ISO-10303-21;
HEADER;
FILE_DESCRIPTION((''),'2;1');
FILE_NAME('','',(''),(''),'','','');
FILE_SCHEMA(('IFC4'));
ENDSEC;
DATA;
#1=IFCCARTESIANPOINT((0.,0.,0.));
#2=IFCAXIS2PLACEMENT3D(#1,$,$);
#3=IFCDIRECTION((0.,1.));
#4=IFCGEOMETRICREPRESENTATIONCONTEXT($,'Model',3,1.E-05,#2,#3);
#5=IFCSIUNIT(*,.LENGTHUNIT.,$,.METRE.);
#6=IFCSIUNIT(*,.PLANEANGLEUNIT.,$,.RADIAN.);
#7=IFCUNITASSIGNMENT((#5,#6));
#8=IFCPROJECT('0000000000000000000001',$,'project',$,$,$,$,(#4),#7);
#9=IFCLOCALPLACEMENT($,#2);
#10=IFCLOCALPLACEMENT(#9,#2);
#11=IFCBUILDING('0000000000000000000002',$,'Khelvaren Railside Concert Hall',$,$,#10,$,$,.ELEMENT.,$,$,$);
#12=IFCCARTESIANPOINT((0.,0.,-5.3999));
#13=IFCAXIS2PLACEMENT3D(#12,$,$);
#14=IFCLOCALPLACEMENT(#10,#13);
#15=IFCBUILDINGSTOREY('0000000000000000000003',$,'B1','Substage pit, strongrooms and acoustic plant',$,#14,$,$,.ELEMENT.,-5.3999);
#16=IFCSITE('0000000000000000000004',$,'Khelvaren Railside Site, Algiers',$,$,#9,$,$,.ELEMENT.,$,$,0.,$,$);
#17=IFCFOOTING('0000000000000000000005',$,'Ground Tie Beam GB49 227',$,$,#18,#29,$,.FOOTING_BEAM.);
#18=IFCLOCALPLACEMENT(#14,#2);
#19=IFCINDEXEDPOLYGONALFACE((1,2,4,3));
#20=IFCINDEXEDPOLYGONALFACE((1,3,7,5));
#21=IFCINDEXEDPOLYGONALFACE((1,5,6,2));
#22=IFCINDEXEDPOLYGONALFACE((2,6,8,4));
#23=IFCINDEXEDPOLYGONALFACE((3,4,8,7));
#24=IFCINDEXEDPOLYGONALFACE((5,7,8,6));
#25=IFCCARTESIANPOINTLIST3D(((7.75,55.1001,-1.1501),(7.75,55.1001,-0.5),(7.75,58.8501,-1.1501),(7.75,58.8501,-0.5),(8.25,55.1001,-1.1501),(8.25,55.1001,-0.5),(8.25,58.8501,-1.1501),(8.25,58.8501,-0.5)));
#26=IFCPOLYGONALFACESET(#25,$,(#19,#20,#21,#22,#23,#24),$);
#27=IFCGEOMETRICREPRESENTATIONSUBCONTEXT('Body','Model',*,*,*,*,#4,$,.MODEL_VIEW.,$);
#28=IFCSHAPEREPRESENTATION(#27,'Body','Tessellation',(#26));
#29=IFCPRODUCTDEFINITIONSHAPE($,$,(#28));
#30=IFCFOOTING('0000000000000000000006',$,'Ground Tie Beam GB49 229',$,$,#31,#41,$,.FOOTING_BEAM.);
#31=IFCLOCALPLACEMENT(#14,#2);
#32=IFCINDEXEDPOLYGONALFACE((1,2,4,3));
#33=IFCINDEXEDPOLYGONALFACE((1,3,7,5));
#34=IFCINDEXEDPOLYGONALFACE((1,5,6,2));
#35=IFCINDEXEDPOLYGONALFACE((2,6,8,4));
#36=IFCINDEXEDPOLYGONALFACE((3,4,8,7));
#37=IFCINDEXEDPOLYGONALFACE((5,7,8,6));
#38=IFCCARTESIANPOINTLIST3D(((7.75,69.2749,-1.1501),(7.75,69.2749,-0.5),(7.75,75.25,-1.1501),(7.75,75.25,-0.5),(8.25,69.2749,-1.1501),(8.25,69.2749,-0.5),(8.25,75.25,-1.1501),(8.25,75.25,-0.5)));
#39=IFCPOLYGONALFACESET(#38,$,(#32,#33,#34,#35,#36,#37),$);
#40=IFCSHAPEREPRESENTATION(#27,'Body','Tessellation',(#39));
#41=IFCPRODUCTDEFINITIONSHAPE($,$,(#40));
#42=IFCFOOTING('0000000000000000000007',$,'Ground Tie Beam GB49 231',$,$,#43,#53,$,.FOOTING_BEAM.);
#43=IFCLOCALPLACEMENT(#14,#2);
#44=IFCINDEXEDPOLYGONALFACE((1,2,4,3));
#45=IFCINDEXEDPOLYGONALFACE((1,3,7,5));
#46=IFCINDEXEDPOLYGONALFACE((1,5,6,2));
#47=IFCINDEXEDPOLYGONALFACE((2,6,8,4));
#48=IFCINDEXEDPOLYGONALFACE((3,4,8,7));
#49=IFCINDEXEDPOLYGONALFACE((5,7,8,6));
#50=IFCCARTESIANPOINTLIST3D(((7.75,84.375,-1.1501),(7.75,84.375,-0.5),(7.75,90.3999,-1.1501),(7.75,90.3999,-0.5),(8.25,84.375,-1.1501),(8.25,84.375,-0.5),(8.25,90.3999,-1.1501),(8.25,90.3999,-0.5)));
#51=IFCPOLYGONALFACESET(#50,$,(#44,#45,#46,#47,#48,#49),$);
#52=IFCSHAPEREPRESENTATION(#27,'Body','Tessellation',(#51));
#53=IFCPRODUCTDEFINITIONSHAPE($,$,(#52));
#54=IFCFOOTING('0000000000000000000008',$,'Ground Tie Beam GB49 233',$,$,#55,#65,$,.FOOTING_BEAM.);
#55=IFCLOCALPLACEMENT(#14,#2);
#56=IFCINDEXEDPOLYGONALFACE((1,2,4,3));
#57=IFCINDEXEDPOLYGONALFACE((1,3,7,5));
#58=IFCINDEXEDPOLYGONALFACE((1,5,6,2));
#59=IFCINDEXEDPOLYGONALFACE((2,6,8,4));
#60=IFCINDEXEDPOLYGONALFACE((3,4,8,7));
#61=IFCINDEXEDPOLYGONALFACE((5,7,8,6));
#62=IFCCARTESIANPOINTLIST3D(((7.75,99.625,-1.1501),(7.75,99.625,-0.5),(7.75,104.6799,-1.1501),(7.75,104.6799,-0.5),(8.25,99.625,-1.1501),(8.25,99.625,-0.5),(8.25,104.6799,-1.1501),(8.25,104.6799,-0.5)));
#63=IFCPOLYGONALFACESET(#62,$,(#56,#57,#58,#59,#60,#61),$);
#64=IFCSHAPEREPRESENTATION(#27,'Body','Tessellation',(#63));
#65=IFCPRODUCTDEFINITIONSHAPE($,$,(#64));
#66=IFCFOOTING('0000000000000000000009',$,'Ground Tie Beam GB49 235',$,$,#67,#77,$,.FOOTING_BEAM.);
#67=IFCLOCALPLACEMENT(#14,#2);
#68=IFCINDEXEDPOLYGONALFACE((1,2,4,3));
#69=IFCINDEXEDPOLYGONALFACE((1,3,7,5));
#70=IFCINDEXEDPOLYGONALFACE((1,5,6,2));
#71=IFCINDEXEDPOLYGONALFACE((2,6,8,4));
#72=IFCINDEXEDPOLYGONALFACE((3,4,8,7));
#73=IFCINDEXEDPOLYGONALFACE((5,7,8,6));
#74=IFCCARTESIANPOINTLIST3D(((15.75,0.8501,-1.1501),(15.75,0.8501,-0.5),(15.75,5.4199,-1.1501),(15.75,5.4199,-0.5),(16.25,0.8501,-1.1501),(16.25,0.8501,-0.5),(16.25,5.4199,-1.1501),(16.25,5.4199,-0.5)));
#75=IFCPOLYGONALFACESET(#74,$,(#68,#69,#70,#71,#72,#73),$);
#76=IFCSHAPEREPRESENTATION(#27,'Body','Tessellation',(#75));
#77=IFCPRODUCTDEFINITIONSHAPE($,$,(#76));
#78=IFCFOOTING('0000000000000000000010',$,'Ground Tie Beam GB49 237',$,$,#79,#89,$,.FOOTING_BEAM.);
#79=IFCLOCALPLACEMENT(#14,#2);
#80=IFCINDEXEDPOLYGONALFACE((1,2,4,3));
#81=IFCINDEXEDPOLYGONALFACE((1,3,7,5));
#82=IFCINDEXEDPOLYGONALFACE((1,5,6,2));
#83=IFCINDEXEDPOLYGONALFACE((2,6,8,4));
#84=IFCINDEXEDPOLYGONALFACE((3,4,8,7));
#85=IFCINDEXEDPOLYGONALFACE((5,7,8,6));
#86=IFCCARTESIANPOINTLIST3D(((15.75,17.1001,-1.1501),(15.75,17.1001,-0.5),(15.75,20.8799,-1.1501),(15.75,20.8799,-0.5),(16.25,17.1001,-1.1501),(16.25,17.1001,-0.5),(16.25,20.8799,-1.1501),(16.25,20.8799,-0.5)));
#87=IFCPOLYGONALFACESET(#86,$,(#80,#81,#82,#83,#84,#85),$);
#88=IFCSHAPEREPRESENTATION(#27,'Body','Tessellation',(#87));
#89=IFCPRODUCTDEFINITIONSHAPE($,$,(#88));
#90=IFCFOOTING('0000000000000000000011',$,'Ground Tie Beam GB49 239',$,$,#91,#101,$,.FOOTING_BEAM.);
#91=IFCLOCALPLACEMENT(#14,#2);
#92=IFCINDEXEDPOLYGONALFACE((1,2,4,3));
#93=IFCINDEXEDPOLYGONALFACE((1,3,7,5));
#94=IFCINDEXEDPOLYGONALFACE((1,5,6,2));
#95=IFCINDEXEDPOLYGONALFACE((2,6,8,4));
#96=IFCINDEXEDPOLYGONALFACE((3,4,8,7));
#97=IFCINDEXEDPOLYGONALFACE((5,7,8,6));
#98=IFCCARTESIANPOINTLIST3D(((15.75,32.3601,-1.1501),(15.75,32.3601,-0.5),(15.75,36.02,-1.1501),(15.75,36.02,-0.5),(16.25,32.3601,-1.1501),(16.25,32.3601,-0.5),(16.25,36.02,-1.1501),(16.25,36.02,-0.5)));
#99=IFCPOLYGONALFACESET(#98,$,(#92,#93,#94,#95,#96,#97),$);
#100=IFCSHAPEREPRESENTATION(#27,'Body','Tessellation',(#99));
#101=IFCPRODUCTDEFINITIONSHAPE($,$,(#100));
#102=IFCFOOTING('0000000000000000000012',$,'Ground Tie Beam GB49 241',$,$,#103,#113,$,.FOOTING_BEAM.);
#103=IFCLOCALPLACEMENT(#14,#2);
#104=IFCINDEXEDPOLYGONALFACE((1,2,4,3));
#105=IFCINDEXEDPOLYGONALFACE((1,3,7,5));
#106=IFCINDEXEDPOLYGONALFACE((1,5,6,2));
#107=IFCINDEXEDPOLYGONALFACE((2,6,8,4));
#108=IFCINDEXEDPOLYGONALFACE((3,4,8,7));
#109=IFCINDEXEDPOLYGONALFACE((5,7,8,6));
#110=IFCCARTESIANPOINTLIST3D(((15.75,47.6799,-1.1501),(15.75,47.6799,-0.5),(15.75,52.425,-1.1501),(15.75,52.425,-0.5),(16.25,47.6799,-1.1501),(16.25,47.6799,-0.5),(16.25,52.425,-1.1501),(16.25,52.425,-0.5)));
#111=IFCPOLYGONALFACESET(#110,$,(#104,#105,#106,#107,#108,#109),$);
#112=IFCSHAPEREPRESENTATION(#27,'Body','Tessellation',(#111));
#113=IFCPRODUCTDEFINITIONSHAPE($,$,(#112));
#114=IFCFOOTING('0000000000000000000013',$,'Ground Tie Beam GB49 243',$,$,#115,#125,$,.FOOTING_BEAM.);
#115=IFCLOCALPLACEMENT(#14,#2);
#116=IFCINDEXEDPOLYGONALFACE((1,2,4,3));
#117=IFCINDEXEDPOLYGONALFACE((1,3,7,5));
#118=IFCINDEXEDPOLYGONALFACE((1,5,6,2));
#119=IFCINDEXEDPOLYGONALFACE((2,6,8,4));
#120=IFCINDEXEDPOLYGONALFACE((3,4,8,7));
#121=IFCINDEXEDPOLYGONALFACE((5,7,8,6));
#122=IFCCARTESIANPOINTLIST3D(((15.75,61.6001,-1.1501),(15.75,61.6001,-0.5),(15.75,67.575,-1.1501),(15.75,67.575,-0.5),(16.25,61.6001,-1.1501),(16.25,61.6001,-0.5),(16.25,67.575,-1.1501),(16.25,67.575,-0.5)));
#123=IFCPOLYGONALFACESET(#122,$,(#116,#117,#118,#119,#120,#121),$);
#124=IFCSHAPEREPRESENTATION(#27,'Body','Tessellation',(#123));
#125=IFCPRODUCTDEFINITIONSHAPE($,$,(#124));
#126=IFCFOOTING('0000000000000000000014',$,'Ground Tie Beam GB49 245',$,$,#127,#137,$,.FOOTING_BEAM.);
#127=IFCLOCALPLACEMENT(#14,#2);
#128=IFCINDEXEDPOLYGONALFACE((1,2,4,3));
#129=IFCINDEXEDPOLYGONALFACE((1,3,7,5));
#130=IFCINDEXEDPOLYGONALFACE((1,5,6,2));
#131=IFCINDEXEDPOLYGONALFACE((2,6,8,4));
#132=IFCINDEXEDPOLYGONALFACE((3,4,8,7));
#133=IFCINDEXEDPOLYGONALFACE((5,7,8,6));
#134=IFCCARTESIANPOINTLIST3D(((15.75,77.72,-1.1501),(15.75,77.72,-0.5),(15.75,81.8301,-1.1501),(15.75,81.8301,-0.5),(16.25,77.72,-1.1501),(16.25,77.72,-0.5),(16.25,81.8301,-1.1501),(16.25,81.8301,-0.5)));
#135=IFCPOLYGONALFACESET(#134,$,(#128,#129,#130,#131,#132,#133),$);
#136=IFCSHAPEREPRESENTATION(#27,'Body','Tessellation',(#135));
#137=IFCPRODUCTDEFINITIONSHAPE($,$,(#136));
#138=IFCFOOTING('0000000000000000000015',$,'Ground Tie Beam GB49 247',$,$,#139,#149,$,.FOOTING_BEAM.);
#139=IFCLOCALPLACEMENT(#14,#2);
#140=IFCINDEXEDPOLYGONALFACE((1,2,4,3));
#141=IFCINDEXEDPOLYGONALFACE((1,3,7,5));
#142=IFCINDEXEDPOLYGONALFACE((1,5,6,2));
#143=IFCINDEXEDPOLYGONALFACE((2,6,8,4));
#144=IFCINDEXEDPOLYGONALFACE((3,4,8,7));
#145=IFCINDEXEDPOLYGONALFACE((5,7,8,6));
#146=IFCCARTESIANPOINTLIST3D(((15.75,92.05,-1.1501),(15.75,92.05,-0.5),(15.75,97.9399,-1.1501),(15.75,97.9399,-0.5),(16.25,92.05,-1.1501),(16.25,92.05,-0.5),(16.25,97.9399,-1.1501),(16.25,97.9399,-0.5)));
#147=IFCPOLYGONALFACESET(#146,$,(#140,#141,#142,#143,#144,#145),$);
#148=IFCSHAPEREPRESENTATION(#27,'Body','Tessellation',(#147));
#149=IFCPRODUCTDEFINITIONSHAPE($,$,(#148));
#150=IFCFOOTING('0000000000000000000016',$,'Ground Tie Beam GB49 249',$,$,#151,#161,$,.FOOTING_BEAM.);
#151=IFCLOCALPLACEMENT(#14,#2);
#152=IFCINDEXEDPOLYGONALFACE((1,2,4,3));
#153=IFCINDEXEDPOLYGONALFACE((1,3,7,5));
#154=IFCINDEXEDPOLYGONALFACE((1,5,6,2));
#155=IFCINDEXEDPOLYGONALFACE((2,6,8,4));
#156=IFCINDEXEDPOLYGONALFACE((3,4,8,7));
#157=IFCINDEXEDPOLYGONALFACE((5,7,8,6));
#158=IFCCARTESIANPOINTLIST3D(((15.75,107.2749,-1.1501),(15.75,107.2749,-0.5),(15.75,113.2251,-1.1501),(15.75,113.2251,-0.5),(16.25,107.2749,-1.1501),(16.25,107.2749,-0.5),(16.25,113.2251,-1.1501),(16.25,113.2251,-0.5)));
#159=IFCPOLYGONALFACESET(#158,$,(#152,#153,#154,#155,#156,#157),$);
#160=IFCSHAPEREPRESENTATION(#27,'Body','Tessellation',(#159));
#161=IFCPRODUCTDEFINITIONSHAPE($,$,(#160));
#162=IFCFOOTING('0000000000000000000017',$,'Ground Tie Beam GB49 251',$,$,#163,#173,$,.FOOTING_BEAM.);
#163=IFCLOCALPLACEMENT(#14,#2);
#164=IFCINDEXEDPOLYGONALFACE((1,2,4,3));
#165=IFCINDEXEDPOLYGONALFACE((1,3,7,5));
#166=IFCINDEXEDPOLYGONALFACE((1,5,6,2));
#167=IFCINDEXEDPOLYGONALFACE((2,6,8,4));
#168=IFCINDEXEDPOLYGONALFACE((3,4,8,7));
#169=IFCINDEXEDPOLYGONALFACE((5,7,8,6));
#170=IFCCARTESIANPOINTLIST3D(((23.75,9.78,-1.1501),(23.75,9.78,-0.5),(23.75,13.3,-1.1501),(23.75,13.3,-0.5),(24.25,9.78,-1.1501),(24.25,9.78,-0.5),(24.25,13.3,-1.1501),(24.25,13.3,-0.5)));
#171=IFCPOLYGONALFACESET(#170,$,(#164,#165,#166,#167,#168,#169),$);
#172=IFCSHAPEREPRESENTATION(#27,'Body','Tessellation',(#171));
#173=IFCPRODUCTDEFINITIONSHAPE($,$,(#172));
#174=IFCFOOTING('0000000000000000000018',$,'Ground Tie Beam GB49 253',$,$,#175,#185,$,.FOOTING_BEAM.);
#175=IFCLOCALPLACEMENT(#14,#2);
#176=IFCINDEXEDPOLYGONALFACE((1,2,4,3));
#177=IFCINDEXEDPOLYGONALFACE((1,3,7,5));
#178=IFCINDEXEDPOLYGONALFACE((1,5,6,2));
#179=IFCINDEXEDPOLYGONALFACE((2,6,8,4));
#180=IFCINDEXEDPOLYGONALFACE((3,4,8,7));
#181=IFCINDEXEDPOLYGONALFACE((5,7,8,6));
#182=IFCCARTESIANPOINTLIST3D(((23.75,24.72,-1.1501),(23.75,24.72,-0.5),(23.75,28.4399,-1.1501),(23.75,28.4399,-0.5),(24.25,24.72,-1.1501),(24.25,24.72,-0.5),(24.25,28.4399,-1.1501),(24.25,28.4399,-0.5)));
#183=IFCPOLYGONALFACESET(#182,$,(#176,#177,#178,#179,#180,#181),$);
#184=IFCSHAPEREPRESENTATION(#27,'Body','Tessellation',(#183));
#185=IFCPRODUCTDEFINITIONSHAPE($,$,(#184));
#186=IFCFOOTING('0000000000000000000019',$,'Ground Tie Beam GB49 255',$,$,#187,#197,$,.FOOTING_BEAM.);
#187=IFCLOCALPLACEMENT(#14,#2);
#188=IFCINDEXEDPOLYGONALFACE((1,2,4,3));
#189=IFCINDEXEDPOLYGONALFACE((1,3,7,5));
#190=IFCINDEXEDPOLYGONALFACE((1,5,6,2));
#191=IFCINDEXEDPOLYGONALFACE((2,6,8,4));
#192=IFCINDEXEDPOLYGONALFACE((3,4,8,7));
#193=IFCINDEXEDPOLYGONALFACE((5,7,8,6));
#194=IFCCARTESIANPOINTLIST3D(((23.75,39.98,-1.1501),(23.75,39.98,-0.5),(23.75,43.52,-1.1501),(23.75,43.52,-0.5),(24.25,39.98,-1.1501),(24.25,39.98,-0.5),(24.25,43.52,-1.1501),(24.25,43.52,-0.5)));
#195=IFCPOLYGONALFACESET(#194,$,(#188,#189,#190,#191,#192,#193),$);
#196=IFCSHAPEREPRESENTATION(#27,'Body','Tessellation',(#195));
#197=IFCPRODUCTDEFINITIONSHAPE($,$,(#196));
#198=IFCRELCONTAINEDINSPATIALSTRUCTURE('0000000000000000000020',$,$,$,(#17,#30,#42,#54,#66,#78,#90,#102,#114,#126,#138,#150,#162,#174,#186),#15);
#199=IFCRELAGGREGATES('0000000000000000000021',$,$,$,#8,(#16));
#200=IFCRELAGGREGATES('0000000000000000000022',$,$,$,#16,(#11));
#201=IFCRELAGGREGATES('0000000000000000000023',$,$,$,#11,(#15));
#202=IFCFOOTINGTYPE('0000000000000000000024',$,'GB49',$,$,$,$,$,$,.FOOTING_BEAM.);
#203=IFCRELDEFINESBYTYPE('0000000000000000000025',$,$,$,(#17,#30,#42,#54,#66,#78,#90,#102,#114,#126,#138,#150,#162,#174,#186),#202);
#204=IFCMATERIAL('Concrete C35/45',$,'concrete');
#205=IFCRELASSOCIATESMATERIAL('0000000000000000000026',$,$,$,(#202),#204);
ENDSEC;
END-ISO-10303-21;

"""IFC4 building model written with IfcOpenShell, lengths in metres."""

from ifc_helpers import new_model, si_unit, direction, frame, origin, place, context, subcontext, project, spatial, polyline, outline, extrude, material, type_object, element, save


model = new_model("IFC4")

# Units and contexts
model_context = context("Model", 3, precision=1e-05, world=origin(), true_north=direction((0.0, 1.0)))
body_context = subcontext(model_context, "Body", "Model", "MODEL_VIEW")
ifc_project = project(units=[si_unit("LENGTHUNIT", "METRE"), si_unit("PLANEANGLEUNIT", "RADIAN")], contexts=[model_context])

# Site, building, storey
site_placement = place(None, origin())
site = spatial("IfcSite", under=ifc_project, at=site_placement, Name="Khelvaren Railside Site, Algiers", CompositionType="ELEMENT", RefElevation=0.0)
building_placement = place(site_placement, origin())
building = spatial("IfcBuilding", under=site, at=building_placement, Name="Khelvaren Railside Concert Hall", CompositionType="ELEMENT")
storey_placement = place(building_placement, frame((0.0, 0.0, -5.3999)))
storey = spatial("IfcBuildingStorey", under=building, at=storey_placement, Name="B1", Description="Substage pit, strongrooms and acoustic plant", CompositionType="ELEMENT", Elevation=-5.3999)

# Footings
ifc_material = material(Name="Concrete C35/45", Category="concrete")
footing_type = type_object("IfcFootingType", Name="GB49", PredefinedType="FOOTING_BEAM", material=ifc_material)
footing_1_placement = place(storey_placement, frame((0.0, 0.0, -1.1501)))
element("IfcFooting", 1, at=footing_1_placement, inside=storey, type_object=footing_type, Name="Ground Tie Beam GB49 227", PredefinedType="FOOTING_BEAM", context=body_context, shape_type="SweptSolid", body=[
    extrude(outline(polyline([(7.75, 55.1001), (8.25, 55.1001), (8.25, 58.8501), (7.75, 58.8501), (7.75, 55.1001)])), origin(), (0.0, 0.0, 1.0), 0.6501),
])
footing_2_placement = place(storey_placement, frame((0.0, 0.0, -1.1501)))
element("IfcFooting", 2, at=footing_2_placement, inside=storey, type_object=footing_type, Name="Ground Tie Beam GB49 229", PredefinedType="FOOTING_BEAM", context=body_context, shape_type="SweptSolid", body=[
    extrude(outline(polyline([(7.75, 69.2749), (8.25, 69.2749), (8.25, 75.25), (7.75, 75.25), (7.75, 69.2749)])), origin(), (0.0, 0.0, 1.0), 0.6501),
])
footing_3_placement = place(storey_placement, frame((0.0, 0.0, -1.1501)))
element("IfcFooting", 3, at=footing_3_placement, inside=storey, type_object=footing_type, Name="Ground Tie Beam GB49 231", PredefinedType="FOOTING_BEAM", context=body_context, shape_type="SweptSolid", body=[
    extrude(outline(polyline([(7.75, 84.375), (8.25, 84.375), (8.25, 90.3999), (7.75, 90.3999), (7.75, 84.375)])), origin(), (0.0, 0.0, 1.0), 0.6501),
])
footing_4_placement = place(storey_placement, frame((0.0, 0.0, -1.1501)))
element("IfcFooting", 4, at=footing_4_placement, inside=storey, type_object=footing_type, Name="Ground Tie Beam GB49 233", PredefinedType="FOOTING_BEAM", context=body_context, shape_type="SweptSolid", body=[
    extrude(outline(polyline([(7.75, 99.625), (8.25, 99.625), (8.25, 104.6799), (7.75, 104.6799), (7.75, 99.625)])), origin(), (0.0, 0.0, 1.0), 0.6501),
])
footing_5_placement = place(storey_placement, frame((0.0, 0.0, -1.1501)))
element("IfcFooting", 5, at=footing_5_placement, inside=storey, type_object=footing_type, Name="Ground Tie Beam GB49 235", PredefinedType="FOOTING_BEAM", context=body_context, shape_type="SweptSolid", body=[
    extrude(outline(polyline([(15.75, 0.8501), (16.25, 0.8501), (16.25, 5.4199), (15.75, 5.4199), (15.75, 0.8501)])), origin(), (0.0, 0.0, 1.0), 0.6501),
])
footing_6_placement = place(storey_placement, frame((0.0, 0.0, -1.1501)))
element("IfcFooting", 6, at=footing_6_placement, inside=storey, type_object=footing_type, Name="Ground Tie Beam GB49 237", PredefinedType="FOOTING_BEAM", context=body_context, shape_type="SweptSolid", body=[
    extrude(outline(polyline([(15.75, 17.1001), (16.25, 17.1001), (16.25, 20.8799), (15.75, 20.8799), (15.75, 17.1001)])), origin(), (0.0, 0.0, 1.0), 0.6501),
])
footing_7_placement = place(storey_placement, frame((0.0, 0.0, -1.1501)))
element("IfcFooting", 7, at=footing_7_placement, inside=storey, type_object=footing_type, Name="Ground Tie Beam GB49 239", PredefinedType="FOOTING_BEAM", context=body_context, shape_type="SweptSolid", body=[
    extrude(outline(polyline([(15.75, 32.3601), (16.25, 32.3601), (16.25, 36.02), (15.75, 36.02), (15.75, 32.3601)])), origin(), (0.0, 0.0, 1.0), 0.6501),
])
footing_8_placement = place(storey_placement, frame((0.0, 0.0, -1.1501)))
element("IfcFooting", 8, at=footing_8_placement, inside=storey, type_object=footing_type, Name="Ground Tie Beam GB49 241", PredefinedType="FOOTING_BEAM", context=body_context, shape_type="SweptSolid", body=[
    extrude(outline(polyline([(15.75, 47.6799), (16.25, 47.6799), (16.25, 52.425), (15.75, 52.425), (15.75, 47.6799)])), origin(), (0.0, 0.0, 1.0), 0.6501),
])
footing_9_placement = place(storey_placement, frame((0.0, 0.0, -1.1501)))
element("IfcFooting", 9, at=footing_9_placement, inside=storey, type_object=footing_type, Name="Ground Tie Beam GB49 243", PredefinedType="FOOTING_BEAM", context=body_context, shape_type="SweptSolid", body=[
    extrude(outline(polyline([(15.75, 61.6001), (16.25, 61.6001), (16.25, 67.575), (15.75, 67.575), (15.75, 61.6001)])), origin(), (0.0, 0.0, 1.0), 0.6501),
])
footing_10_placement = place(storey_placement, frame((0.0, 0.0, -1.1501)))
element("IfcFooting", 10, at=footing_10_placement, inside=storey, type_object=footing_type, Name="Ground Tie Beam GB49 245", PredefinedType="FOOTING_BEAM", context=body_context, shape_type="SweptSolid", body=[
    extrude(outline(polyline([(15.75, 77.72), (16.25, 77.72), (16.25, 81.8301), (15.75, 81.8301), (15.75, 77.72)])), origin(), (0.0, 0.0, 1.0), 0.6501),
])
footing_11_placement = place(storey_placement, frame((0.0, 0.0, -1.1501)))
element("IfcFooting", 11, at=footing_11_placement, inside=storey, type_object=footing_type, Name="Ground Tie Beam GB49 247", PredefinedType="FOOTING_BEAM", context=body_context, shape_type="SweptSolid", body=[
    extrude(outline(polyline([(15.75, 92.05), (16.25, 92.05), (16.25, 97.9399), (15.75, 97.9399), (15.75, 92.05)])), origin(), (0.0, 0.0, 1.0), 0.6501),
])
footing_12_placement = place(storey_placement, frame((0.0, 0.0, -1.1501)))
element("IfcFooting", 12, at=footing_12_placement, inside=storey, type_object=footing_type, Name="Ground Tie Beam GB49 249", PredefinedType="FOOTING_BEAM", context=body_context, shape_type="SweptSolid", body=[
    extrude(outline(polyline([(15.75, 107.2749), (16.25, 107.2749), (16.25, 113.2251), (15.75, 113.2251), (15.75, 107.2749)])), origin(), (0.0, 0.0, 1.0), 0.6501),
])
footing_13_placement = place(storey_placement, frame((0.0, 0.0, -1.1501)))
element("IfcFooting", 13, at=footing_13_placement, inside=storey, type_object=footing_type, Name="Ground Tie Beam GB49 251", PredefinedType="FOOTING_BEAM", context=body_context, shape_type="SweptSolid", body=[
    extrude(outline(polyline([(23.75, 9.78), (24.25, 9.78), (24.25, 13.3), (23.75, 13.3), (23.75, 9.78)])), origin(), (0.0, 0.0, 1.0), 0.6501),
])
footing_14_placement = place(storey_placement, frame((0.0, 0.0, -1.1501)))
element("IfcFooting", 14, at=footing_14_placement, inside=storey, type_object=footing_type, Name="Ground Tie Beam GB49 253", PredefinedType="FOOTING_BEAM", context=body_context, shape_type="SweptSolid", body=[
    extrude(outline(polyline([(23.75, 24.72), (24.25, 24.72), (24.25, 28.4399), (23.75, 28.4399), (23.75, 24.72)])), origin(), (0.0, 0.0, 1.0), 0.6501),
])
footing_15_placement = place(storey_placement, frame((0.0, 0.0, -1.1501)))
element("IfcFooting", 15, at=footing_15_placement, inside=storey, type_object=footing_type, Name="Ground Tie Beam GB49 255", PredefinedType="FOOTING_BEAM", context=body_context, shape_type="SweptSolid", body=[
    extrude(outline(polyline([(23.75, 39.98), (24.25, 39.98), (24.25, 43.52), (23.75, 43.52), (23.75, 39.98)])), origin(), (0.0, 0.0, 1.0), 0.6501),
])

save(model, "model.ifc")
